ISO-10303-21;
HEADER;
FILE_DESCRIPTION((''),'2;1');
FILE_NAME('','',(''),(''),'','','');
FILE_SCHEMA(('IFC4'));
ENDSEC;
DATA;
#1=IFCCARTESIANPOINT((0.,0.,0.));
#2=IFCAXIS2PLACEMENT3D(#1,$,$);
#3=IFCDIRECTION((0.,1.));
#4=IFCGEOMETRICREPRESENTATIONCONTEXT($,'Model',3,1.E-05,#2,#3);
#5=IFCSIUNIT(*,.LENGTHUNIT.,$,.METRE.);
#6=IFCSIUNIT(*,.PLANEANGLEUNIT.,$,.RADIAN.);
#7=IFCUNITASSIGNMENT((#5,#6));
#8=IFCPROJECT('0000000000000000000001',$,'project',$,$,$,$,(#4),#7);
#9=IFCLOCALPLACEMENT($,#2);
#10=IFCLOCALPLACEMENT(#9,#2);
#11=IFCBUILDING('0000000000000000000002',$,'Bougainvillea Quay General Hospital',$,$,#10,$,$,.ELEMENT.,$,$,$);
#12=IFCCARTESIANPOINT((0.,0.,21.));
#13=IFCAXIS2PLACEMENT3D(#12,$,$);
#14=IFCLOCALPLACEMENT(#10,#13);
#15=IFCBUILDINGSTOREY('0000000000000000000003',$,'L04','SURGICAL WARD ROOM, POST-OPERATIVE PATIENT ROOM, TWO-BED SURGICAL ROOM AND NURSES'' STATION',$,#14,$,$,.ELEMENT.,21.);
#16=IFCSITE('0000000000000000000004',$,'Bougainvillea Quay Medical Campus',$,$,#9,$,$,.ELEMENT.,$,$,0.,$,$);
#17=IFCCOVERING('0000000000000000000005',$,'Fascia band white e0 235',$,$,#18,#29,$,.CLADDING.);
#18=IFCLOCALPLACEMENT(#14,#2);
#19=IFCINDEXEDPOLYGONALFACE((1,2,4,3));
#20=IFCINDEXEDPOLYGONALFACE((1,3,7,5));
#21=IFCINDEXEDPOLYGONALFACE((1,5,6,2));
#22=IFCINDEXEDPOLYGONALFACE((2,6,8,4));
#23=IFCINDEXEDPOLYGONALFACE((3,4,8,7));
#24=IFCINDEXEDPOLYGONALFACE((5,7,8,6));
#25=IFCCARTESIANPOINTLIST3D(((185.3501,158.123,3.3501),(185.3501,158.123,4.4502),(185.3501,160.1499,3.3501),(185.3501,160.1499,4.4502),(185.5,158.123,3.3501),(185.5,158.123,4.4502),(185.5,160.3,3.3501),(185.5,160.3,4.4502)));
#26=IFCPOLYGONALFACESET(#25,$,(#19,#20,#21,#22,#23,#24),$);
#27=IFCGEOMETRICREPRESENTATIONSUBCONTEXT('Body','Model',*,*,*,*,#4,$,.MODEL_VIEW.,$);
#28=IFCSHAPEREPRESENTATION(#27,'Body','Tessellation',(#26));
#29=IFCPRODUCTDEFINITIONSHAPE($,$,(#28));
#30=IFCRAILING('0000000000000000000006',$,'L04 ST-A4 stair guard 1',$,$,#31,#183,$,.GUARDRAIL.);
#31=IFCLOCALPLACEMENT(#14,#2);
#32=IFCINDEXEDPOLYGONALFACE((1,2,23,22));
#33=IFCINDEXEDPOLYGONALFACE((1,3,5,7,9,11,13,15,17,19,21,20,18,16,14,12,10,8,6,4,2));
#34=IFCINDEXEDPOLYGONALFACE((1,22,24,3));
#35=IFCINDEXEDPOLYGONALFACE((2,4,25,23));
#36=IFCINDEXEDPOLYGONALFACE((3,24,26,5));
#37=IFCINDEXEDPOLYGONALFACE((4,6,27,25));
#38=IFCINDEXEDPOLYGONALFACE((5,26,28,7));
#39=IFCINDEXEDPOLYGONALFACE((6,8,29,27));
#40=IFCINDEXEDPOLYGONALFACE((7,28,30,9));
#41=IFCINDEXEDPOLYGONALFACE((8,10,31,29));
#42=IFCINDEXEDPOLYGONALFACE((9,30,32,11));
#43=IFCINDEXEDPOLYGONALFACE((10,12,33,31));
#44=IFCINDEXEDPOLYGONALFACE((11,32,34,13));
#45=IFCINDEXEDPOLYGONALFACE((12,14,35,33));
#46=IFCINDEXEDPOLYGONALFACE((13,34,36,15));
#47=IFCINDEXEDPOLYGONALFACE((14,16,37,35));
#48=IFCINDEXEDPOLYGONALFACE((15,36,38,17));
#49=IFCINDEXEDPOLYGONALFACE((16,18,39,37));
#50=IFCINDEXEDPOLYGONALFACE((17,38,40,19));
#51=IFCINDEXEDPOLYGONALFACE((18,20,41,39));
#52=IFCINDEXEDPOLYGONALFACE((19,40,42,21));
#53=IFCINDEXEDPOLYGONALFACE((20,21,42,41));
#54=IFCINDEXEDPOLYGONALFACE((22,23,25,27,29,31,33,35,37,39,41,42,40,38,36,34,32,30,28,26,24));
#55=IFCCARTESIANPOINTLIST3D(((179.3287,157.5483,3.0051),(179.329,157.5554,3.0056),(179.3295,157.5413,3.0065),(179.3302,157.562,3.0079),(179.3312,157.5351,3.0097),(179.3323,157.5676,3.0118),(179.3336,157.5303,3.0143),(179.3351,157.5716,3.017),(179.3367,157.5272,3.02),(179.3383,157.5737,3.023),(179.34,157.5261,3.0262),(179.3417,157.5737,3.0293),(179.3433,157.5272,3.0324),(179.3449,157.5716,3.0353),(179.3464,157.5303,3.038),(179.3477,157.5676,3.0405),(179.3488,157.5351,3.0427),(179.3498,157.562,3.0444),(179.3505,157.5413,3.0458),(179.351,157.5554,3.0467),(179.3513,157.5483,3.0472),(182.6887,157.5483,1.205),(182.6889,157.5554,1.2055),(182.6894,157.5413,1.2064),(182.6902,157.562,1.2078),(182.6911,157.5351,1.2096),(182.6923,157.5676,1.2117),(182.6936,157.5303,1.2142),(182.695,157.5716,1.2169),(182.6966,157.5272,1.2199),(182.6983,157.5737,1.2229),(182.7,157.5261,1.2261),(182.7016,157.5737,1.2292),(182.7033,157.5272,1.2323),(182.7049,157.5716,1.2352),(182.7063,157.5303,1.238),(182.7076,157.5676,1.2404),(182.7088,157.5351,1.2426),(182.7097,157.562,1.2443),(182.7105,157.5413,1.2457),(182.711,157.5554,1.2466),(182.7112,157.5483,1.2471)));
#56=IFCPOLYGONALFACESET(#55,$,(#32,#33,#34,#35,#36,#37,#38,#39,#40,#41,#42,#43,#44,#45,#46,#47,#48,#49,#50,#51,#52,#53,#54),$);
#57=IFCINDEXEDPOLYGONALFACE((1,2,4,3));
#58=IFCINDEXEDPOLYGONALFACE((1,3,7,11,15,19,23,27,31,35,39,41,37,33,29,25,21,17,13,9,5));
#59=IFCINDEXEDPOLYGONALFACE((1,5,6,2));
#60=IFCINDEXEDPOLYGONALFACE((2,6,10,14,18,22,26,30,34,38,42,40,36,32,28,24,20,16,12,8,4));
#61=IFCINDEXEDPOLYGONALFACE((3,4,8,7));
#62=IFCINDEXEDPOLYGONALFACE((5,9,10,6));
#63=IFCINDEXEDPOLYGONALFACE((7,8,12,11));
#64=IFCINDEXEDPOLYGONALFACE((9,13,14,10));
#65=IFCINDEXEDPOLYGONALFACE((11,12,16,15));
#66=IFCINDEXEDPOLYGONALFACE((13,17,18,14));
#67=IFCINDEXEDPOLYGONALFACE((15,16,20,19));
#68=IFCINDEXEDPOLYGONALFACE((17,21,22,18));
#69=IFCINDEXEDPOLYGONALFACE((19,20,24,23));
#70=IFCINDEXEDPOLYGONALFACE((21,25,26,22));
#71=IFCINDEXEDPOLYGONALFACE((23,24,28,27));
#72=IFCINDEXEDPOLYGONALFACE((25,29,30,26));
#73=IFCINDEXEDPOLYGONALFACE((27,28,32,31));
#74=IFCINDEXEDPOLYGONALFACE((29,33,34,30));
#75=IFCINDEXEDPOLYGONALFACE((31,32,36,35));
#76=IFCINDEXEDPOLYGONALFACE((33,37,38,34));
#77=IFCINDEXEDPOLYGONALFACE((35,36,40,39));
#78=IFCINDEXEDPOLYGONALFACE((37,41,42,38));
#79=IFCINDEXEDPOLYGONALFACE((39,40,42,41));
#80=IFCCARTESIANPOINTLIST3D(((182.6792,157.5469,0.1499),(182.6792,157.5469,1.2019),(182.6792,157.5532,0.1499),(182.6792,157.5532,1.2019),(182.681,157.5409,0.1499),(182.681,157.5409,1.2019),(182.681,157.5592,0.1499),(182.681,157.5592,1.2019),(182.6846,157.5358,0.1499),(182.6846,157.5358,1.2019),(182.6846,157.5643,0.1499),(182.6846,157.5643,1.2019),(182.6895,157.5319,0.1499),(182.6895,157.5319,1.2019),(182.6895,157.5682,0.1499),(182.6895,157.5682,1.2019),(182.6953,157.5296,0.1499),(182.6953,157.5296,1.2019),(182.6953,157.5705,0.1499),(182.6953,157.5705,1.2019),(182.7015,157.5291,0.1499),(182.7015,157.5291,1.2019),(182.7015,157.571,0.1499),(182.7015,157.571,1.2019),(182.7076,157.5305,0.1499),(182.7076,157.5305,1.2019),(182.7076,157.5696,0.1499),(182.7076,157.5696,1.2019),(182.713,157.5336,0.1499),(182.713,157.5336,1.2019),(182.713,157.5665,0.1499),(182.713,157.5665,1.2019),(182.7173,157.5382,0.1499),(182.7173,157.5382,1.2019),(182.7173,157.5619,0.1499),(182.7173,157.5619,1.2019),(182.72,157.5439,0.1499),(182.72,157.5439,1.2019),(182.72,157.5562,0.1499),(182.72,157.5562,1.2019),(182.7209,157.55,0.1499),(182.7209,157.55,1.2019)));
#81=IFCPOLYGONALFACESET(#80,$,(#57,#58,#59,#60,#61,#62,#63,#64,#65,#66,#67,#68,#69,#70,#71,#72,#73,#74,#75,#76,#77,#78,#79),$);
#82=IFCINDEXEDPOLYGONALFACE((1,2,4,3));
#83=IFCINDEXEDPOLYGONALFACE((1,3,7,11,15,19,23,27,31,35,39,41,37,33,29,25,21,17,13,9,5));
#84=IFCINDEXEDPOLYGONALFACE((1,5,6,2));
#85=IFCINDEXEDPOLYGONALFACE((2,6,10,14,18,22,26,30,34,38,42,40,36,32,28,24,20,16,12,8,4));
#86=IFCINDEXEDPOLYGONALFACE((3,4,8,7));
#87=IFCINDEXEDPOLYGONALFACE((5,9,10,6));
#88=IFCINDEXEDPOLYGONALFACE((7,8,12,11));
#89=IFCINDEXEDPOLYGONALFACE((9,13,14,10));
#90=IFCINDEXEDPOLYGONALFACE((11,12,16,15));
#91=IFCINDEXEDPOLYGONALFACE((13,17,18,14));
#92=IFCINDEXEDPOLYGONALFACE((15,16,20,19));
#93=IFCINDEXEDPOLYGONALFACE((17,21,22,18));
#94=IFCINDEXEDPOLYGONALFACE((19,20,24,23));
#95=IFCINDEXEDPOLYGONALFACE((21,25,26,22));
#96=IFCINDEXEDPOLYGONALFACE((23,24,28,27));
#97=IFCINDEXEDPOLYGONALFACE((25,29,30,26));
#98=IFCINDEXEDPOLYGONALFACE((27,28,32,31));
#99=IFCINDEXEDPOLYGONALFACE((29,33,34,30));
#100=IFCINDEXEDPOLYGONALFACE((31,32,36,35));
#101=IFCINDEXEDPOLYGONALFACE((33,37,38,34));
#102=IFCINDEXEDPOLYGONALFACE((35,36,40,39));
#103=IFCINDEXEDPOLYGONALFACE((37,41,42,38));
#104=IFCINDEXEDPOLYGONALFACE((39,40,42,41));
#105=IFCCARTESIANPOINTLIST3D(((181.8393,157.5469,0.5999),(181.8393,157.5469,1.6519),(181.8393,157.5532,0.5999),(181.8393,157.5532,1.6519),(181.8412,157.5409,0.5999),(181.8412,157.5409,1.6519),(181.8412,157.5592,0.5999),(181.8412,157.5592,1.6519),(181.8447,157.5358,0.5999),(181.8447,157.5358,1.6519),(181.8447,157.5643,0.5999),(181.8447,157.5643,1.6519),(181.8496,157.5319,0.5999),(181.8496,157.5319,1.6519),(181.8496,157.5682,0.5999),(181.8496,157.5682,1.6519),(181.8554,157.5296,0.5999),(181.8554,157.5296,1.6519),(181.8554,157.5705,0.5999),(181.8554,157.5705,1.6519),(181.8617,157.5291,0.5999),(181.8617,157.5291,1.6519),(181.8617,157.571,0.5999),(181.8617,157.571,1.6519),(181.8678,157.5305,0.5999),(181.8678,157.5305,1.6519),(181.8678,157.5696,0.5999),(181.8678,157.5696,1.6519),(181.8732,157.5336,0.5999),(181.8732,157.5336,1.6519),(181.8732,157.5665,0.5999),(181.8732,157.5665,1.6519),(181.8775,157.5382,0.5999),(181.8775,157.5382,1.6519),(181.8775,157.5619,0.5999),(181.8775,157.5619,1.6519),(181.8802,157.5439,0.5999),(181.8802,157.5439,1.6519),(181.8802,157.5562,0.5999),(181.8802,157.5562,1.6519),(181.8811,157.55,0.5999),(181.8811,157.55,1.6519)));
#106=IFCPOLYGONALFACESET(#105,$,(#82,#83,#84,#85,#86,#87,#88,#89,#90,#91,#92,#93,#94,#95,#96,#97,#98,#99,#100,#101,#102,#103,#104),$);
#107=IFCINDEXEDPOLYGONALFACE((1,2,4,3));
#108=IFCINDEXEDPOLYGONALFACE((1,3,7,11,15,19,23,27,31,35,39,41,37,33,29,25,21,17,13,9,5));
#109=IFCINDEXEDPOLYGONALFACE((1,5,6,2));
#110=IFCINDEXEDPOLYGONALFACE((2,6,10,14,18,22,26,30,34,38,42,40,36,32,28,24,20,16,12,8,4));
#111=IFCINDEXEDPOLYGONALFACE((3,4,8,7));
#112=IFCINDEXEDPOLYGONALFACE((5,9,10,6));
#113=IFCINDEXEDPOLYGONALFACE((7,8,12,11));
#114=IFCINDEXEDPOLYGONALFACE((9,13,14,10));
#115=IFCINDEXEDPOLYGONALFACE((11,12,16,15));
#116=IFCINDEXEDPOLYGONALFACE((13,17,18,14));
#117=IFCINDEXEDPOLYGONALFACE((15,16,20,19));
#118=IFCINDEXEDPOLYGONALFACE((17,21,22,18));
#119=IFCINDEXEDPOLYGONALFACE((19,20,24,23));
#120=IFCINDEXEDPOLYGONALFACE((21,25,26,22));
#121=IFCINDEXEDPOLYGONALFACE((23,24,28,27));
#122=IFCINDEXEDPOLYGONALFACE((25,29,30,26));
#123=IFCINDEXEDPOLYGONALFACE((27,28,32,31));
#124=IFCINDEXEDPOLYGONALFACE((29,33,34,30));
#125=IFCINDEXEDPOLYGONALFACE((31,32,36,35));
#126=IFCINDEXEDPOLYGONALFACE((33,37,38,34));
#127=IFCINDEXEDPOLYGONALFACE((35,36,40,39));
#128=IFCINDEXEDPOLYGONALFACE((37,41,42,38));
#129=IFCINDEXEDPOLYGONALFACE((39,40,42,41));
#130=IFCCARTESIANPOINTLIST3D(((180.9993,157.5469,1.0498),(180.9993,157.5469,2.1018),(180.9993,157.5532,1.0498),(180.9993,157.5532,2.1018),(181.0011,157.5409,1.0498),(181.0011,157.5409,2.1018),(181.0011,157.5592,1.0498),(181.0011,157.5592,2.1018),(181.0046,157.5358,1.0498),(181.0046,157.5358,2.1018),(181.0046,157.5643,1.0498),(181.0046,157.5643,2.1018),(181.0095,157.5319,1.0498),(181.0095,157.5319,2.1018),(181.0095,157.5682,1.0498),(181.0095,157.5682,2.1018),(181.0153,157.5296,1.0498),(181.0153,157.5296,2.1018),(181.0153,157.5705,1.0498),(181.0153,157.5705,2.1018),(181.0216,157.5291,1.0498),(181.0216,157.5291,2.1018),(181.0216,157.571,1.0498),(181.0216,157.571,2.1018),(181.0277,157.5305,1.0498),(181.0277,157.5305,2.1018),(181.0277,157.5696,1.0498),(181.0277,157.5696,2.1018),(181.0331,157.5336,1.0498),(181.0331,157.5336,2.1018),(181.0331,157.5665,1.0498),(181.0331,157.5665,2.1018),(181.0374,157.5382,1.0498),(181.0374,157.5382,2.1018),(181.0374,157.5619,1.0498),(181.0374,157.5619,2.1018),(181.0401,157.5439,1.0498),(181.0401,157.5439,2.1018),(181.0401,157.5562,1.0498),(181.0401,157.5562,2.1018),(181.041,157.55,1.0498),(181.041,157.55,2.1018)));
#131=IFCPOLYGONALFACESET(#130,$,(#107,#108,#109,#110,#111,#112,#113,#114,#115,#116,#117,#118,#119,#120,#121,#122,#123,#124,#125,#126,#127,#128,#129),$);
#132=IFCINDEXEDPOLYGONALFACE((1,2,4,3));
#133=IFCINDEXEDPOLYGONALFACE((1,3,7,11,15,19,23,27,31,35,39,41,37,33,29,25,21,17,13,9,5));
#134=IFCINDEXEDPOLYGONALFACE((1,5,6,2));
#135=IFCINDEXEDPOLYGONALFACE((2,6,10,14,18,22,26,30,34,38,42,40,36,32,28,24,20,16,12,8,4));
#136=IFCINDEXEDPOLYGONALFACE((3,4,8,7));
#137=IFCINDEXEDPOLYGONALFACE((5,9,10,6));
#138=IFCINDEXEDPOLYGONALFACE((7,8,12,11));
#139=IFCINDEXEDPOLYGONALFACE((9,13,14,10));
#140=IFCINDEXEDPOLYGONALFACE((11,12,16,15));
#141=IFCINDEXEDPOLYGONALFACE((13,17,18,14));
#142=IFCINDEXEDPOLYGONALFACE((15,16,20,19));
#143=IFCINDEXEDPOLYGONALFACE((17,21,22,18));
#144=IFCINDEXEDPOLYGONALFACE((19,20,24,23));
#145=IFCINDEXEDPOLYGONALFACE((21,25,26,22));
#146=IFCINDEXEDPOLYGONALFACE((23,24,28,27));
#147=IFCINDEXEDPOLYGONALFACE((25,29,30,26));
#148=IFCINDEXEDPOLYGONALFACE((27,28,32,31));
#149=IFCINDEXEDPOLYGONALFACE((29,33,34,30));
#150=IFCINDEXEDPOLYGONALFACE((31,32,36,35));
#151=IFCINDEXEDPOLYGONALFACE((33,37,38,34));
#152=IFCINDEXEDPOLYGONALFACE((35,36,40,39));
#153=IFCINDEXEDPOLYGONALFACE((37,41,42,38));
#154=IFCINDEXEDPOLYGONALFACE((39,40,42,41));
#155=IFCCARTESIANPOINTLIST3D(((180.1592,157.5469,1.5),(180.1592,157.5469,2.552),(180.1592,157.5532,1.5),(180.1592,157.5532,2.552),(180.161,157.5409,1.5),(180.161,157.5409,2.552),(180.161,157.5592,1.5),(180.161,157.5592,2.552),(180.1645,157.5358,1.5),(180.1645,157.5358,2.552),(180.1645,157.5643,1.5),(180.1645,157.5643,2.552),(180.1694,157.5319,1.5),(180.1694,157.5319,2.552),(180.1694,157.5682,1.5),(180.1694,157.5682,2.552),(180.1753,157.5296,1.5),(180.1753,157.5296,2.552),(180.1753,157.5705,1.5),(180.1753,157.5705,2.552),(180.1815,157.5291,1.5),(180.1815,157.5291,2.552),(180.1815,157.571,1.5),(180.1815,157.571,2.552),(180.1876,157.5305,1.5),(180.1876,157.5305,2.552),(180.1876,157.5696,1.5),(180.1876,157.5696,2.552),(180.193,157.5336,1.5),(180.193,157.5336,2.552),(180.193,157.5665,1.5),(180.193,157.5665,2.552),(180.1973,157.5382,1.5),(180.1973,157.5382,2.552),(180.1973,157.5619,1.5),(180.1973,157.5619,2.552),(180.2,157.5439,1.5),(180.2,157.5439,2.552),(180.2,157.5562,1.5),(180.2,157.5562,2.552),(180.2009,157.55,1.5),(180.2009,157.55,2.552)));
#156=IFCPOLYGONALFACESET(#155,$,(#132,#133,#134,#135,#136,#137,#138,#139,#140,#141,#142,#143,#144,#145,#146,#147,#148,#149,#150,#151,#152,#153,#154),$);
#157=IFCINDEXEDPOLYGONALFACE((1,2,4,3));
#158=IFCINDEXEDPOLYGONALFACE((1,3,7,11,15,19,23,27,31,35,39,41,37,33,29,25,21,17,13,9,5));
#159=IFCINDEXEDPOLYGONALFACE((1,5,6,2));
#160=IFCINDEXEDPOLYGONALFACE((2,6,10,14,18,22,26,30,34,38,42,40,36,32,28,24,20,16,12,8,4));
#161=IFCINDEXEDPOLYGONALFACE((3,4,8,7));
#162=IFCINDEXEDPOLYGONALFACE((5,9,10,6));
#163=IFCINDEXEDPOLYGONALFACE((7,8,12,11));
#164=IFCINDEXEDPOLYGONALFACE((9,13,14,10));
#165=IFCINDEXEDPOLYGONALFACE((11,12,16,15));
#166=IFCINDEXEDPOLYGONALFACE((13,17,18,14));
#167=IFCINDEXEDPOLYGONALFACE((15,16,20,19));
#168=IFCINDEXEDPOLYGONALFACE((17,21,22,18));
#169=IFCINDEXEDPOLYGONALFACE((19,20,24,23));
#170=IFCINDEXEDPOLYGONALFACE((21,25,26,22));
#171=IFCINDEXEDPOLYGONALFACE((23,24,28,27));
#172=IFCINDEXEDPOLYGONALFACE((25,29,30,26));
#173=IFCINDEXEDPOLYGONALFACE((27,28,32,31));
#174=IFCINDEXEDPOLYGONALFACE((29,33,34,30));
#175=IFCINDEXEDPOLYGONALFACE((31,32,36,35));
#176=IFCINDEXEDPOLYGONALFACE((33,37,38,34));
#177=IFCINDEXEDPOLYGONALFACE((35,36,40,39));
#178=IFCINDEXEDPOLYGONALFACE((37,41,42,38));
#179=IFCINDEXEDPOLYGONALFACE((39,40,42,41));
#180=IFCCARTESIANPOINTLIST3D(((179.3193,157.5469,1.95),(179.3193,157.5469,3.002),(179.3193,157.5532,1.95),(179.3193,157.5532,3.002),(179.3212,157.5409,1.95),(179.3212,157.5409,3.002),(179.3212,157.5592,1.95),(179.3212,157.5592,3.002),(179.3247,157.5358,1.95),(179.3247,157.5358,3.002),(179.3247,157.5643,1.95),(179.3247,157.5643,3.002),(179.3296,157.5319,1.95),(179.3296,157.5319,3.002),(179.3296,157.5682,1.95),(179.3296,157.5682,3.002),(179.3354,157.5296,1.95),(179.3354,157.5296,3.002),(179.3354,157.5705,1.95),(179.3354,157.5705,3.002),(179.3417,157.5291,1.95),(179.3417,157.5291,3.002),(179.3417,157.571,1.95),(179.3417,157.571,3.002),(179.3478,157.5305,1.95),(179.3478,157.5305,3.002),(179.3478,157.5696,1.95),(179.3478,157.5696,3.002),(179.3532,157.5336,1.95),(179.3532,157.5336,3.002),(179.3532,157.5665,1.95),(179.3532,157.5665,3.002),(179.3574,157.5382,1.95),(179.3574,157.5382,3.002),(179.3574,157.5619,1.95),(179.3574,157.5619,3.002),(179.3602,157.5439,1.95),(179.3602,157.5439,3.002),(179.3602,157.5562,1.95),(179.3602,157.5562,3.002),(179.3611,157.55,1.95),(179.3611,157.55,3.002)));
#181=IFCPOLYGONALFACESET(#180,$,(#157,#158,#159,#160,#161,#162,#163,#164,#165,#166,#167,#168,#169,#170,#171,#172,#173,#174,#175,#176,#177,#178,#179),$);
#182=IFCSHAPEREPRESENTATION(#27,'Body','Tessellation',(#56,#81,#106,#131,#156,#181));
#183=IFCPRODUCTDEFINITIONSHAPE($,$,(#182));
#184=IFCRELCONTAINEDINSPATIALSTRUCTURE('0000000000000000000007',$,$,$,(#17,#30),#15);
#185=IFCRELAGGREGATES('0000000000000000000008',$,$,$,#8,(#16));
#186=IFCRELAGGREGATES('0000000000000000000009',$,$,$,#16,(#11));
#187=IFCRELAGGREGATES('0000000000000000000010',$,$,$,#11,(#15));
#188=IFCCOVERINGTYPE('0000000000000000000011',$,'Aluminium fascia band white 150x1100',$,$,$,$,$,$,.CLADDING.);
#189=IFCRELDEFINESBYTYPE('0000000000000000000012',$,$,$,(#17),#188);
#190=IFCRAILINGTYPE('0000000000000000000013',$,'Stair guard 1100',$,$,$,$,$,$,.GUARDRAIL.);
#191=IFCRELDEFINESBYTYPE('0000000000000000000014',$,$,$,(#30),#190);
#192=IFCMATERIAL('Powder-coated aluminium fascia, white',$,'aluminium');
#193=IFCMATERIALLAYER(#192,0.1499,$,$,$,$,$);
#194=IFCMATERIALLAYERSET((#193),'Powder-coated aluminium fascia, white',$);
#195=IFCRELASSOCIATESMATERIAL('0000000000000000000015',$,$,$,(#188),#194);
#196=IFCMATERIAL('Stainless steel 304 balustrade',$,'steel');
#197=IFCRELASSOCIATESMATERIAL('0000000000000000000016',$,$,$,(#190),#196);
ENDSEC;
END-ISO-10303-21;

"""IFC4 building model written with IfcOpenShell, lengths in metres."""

from ifc_helpers import new_model, si_unit, direction, frame, origin, origin_2d, place, context, subcontext, project, spatial, polyline, circle, outline, extrude, material, layer, layer_set, type_object, element, save


model = new_model("IFC4")

# Units and contexts
model_context = context("Model", 3, precision=1e-05, world=origin(), true_north=direction((0.0, 1.0)))
body_context = subcontext(model_context, "Body", "Model", "MODEL_VIEW")
ifc_project = project(units=[si_unit("LENGTHUNIT", "METRE"), si_unit("PLANEANGLEUNIT", "RADIAN")], contexts=[model_context])

# Site, building, storey
site_placement = place(None, origin())
site = spatial("IfcSite", under=ifc_project, at=site_placement, Name="Bougainvillea Quay Medical Campus", CompositionType="ELEMENT", RefElevation=0.0)
building_placement = place(site_placement, origin())
building = spatial("IfcBuilding", under=site, at=building_placement, Name="Bougainvillea Quay General Hospital", CompositionType="ELEMENT")
storey_placement = place(building_placement, frame((0.0, 0.0, 21.0)))
storey = spatial("IfcBuildingStorey", under=building, at=storey_placement, Name="L04", Description="SURGICAL WARD ROOM, POST-OPERATIVE PATIENT ROOM, TWO-BED SURGICAL ROOM AND NURSES' STATION", CompositionType="ELEMENT", Elevation=21.0)

# Covering
ifc_material_1 = material(Name="Powder-coated aluminium fascia, white", Category="aluminium")
ifc_layer_1 = layer(ifc_material_1, 0.1499)
ifc_layer_set_1 = layer_set([ifc_layer_1], Name="Powder-coated aluminium fascia, white")
covering_type = type_object("IfcCoveringType", Name="Aluminium fascia band white 150x1100", PredefinedType="CLADDING", material=ifc_layer_set_1)
covering_1_placement = place(storey_placement, frame((185.3501, 158.123, 3.3501), z_axis=(0.0, 0.0, 1.0), x_axis=(0.0, 1.0, 0.0)))
element("IfcCovering", 1, at=covering_1_placement, inside=storey, type_object=covering_type, Name="Fascia band white e0 235", PredefinedType="CLADDING", context=body_context, shape_type="SweptSolid", body=[
    extrude(outline(polyline([(0.0, 0.0), (2.0269, 0.0), (2.177, -0.1499), (0.0, -0.1499), (0.0, 0.0)])), origin(), (0.0, 0.0, 1.0), 1.1001),
])

# Railing
ifc_material_2 = material(Name="Stainless steel 304 balustrade", Category="steel")
railing_type_1 = type_object("IfcRailingType", Name="Stair guard 1100", PredefinedType="GUARDRAIL", material=ifc_material_2)
railing_1_placement = place(storey_placement, frame((182.7, 157.55, 0.1499)))
element("IfcRailing", 2, at=railing_1_placement, inside=storey, type_object=railing_type_1, Name="L04 ST-A4 stair guard 1", PredefinedType="GUARDRAIL", context=body_context, shape_type="SweptSolid", body=[
    extrude(circle(Radius=0.0239, at=origin_2d()), frame((0.0, 0.0, 1.0762), z_axis=(-0.881467, 0.0, 0.472246), x_axis=(0.0, -1.0, 0.0)), (0.0, 0.0, 1.0), 3.8118),
    extrude(circle(Radius=0.021, at=origin_2d()), origin(), (0.0, 0.0, 1.0), 1.052),
    extrude(circle(Radius=0.021, at=origin_2d()), frame((-0.8398, 0.0, 0.45)), (0.0, 0.0, 1.0), 1.052),
    extrude(circle(Radius=0.021, at=origin_2d()), frame((-1.6799, 0.0, 0.8999)), (0.0, 0.0, 1.0), 1.052),
    extrude(circle(Radius=0.021, at=origin_2d()), frame((-2.52, 0.0, 1.3501)), (0.0, 0.0, 1.0), 1.052),
    extrude(circle(Radius=0.021, at=origin_2d()), frame((-3.3599, 0.0, 1.8)), (0.0, 0.0, 1.0), 1.052),
])

save(model, "model.ifc")
